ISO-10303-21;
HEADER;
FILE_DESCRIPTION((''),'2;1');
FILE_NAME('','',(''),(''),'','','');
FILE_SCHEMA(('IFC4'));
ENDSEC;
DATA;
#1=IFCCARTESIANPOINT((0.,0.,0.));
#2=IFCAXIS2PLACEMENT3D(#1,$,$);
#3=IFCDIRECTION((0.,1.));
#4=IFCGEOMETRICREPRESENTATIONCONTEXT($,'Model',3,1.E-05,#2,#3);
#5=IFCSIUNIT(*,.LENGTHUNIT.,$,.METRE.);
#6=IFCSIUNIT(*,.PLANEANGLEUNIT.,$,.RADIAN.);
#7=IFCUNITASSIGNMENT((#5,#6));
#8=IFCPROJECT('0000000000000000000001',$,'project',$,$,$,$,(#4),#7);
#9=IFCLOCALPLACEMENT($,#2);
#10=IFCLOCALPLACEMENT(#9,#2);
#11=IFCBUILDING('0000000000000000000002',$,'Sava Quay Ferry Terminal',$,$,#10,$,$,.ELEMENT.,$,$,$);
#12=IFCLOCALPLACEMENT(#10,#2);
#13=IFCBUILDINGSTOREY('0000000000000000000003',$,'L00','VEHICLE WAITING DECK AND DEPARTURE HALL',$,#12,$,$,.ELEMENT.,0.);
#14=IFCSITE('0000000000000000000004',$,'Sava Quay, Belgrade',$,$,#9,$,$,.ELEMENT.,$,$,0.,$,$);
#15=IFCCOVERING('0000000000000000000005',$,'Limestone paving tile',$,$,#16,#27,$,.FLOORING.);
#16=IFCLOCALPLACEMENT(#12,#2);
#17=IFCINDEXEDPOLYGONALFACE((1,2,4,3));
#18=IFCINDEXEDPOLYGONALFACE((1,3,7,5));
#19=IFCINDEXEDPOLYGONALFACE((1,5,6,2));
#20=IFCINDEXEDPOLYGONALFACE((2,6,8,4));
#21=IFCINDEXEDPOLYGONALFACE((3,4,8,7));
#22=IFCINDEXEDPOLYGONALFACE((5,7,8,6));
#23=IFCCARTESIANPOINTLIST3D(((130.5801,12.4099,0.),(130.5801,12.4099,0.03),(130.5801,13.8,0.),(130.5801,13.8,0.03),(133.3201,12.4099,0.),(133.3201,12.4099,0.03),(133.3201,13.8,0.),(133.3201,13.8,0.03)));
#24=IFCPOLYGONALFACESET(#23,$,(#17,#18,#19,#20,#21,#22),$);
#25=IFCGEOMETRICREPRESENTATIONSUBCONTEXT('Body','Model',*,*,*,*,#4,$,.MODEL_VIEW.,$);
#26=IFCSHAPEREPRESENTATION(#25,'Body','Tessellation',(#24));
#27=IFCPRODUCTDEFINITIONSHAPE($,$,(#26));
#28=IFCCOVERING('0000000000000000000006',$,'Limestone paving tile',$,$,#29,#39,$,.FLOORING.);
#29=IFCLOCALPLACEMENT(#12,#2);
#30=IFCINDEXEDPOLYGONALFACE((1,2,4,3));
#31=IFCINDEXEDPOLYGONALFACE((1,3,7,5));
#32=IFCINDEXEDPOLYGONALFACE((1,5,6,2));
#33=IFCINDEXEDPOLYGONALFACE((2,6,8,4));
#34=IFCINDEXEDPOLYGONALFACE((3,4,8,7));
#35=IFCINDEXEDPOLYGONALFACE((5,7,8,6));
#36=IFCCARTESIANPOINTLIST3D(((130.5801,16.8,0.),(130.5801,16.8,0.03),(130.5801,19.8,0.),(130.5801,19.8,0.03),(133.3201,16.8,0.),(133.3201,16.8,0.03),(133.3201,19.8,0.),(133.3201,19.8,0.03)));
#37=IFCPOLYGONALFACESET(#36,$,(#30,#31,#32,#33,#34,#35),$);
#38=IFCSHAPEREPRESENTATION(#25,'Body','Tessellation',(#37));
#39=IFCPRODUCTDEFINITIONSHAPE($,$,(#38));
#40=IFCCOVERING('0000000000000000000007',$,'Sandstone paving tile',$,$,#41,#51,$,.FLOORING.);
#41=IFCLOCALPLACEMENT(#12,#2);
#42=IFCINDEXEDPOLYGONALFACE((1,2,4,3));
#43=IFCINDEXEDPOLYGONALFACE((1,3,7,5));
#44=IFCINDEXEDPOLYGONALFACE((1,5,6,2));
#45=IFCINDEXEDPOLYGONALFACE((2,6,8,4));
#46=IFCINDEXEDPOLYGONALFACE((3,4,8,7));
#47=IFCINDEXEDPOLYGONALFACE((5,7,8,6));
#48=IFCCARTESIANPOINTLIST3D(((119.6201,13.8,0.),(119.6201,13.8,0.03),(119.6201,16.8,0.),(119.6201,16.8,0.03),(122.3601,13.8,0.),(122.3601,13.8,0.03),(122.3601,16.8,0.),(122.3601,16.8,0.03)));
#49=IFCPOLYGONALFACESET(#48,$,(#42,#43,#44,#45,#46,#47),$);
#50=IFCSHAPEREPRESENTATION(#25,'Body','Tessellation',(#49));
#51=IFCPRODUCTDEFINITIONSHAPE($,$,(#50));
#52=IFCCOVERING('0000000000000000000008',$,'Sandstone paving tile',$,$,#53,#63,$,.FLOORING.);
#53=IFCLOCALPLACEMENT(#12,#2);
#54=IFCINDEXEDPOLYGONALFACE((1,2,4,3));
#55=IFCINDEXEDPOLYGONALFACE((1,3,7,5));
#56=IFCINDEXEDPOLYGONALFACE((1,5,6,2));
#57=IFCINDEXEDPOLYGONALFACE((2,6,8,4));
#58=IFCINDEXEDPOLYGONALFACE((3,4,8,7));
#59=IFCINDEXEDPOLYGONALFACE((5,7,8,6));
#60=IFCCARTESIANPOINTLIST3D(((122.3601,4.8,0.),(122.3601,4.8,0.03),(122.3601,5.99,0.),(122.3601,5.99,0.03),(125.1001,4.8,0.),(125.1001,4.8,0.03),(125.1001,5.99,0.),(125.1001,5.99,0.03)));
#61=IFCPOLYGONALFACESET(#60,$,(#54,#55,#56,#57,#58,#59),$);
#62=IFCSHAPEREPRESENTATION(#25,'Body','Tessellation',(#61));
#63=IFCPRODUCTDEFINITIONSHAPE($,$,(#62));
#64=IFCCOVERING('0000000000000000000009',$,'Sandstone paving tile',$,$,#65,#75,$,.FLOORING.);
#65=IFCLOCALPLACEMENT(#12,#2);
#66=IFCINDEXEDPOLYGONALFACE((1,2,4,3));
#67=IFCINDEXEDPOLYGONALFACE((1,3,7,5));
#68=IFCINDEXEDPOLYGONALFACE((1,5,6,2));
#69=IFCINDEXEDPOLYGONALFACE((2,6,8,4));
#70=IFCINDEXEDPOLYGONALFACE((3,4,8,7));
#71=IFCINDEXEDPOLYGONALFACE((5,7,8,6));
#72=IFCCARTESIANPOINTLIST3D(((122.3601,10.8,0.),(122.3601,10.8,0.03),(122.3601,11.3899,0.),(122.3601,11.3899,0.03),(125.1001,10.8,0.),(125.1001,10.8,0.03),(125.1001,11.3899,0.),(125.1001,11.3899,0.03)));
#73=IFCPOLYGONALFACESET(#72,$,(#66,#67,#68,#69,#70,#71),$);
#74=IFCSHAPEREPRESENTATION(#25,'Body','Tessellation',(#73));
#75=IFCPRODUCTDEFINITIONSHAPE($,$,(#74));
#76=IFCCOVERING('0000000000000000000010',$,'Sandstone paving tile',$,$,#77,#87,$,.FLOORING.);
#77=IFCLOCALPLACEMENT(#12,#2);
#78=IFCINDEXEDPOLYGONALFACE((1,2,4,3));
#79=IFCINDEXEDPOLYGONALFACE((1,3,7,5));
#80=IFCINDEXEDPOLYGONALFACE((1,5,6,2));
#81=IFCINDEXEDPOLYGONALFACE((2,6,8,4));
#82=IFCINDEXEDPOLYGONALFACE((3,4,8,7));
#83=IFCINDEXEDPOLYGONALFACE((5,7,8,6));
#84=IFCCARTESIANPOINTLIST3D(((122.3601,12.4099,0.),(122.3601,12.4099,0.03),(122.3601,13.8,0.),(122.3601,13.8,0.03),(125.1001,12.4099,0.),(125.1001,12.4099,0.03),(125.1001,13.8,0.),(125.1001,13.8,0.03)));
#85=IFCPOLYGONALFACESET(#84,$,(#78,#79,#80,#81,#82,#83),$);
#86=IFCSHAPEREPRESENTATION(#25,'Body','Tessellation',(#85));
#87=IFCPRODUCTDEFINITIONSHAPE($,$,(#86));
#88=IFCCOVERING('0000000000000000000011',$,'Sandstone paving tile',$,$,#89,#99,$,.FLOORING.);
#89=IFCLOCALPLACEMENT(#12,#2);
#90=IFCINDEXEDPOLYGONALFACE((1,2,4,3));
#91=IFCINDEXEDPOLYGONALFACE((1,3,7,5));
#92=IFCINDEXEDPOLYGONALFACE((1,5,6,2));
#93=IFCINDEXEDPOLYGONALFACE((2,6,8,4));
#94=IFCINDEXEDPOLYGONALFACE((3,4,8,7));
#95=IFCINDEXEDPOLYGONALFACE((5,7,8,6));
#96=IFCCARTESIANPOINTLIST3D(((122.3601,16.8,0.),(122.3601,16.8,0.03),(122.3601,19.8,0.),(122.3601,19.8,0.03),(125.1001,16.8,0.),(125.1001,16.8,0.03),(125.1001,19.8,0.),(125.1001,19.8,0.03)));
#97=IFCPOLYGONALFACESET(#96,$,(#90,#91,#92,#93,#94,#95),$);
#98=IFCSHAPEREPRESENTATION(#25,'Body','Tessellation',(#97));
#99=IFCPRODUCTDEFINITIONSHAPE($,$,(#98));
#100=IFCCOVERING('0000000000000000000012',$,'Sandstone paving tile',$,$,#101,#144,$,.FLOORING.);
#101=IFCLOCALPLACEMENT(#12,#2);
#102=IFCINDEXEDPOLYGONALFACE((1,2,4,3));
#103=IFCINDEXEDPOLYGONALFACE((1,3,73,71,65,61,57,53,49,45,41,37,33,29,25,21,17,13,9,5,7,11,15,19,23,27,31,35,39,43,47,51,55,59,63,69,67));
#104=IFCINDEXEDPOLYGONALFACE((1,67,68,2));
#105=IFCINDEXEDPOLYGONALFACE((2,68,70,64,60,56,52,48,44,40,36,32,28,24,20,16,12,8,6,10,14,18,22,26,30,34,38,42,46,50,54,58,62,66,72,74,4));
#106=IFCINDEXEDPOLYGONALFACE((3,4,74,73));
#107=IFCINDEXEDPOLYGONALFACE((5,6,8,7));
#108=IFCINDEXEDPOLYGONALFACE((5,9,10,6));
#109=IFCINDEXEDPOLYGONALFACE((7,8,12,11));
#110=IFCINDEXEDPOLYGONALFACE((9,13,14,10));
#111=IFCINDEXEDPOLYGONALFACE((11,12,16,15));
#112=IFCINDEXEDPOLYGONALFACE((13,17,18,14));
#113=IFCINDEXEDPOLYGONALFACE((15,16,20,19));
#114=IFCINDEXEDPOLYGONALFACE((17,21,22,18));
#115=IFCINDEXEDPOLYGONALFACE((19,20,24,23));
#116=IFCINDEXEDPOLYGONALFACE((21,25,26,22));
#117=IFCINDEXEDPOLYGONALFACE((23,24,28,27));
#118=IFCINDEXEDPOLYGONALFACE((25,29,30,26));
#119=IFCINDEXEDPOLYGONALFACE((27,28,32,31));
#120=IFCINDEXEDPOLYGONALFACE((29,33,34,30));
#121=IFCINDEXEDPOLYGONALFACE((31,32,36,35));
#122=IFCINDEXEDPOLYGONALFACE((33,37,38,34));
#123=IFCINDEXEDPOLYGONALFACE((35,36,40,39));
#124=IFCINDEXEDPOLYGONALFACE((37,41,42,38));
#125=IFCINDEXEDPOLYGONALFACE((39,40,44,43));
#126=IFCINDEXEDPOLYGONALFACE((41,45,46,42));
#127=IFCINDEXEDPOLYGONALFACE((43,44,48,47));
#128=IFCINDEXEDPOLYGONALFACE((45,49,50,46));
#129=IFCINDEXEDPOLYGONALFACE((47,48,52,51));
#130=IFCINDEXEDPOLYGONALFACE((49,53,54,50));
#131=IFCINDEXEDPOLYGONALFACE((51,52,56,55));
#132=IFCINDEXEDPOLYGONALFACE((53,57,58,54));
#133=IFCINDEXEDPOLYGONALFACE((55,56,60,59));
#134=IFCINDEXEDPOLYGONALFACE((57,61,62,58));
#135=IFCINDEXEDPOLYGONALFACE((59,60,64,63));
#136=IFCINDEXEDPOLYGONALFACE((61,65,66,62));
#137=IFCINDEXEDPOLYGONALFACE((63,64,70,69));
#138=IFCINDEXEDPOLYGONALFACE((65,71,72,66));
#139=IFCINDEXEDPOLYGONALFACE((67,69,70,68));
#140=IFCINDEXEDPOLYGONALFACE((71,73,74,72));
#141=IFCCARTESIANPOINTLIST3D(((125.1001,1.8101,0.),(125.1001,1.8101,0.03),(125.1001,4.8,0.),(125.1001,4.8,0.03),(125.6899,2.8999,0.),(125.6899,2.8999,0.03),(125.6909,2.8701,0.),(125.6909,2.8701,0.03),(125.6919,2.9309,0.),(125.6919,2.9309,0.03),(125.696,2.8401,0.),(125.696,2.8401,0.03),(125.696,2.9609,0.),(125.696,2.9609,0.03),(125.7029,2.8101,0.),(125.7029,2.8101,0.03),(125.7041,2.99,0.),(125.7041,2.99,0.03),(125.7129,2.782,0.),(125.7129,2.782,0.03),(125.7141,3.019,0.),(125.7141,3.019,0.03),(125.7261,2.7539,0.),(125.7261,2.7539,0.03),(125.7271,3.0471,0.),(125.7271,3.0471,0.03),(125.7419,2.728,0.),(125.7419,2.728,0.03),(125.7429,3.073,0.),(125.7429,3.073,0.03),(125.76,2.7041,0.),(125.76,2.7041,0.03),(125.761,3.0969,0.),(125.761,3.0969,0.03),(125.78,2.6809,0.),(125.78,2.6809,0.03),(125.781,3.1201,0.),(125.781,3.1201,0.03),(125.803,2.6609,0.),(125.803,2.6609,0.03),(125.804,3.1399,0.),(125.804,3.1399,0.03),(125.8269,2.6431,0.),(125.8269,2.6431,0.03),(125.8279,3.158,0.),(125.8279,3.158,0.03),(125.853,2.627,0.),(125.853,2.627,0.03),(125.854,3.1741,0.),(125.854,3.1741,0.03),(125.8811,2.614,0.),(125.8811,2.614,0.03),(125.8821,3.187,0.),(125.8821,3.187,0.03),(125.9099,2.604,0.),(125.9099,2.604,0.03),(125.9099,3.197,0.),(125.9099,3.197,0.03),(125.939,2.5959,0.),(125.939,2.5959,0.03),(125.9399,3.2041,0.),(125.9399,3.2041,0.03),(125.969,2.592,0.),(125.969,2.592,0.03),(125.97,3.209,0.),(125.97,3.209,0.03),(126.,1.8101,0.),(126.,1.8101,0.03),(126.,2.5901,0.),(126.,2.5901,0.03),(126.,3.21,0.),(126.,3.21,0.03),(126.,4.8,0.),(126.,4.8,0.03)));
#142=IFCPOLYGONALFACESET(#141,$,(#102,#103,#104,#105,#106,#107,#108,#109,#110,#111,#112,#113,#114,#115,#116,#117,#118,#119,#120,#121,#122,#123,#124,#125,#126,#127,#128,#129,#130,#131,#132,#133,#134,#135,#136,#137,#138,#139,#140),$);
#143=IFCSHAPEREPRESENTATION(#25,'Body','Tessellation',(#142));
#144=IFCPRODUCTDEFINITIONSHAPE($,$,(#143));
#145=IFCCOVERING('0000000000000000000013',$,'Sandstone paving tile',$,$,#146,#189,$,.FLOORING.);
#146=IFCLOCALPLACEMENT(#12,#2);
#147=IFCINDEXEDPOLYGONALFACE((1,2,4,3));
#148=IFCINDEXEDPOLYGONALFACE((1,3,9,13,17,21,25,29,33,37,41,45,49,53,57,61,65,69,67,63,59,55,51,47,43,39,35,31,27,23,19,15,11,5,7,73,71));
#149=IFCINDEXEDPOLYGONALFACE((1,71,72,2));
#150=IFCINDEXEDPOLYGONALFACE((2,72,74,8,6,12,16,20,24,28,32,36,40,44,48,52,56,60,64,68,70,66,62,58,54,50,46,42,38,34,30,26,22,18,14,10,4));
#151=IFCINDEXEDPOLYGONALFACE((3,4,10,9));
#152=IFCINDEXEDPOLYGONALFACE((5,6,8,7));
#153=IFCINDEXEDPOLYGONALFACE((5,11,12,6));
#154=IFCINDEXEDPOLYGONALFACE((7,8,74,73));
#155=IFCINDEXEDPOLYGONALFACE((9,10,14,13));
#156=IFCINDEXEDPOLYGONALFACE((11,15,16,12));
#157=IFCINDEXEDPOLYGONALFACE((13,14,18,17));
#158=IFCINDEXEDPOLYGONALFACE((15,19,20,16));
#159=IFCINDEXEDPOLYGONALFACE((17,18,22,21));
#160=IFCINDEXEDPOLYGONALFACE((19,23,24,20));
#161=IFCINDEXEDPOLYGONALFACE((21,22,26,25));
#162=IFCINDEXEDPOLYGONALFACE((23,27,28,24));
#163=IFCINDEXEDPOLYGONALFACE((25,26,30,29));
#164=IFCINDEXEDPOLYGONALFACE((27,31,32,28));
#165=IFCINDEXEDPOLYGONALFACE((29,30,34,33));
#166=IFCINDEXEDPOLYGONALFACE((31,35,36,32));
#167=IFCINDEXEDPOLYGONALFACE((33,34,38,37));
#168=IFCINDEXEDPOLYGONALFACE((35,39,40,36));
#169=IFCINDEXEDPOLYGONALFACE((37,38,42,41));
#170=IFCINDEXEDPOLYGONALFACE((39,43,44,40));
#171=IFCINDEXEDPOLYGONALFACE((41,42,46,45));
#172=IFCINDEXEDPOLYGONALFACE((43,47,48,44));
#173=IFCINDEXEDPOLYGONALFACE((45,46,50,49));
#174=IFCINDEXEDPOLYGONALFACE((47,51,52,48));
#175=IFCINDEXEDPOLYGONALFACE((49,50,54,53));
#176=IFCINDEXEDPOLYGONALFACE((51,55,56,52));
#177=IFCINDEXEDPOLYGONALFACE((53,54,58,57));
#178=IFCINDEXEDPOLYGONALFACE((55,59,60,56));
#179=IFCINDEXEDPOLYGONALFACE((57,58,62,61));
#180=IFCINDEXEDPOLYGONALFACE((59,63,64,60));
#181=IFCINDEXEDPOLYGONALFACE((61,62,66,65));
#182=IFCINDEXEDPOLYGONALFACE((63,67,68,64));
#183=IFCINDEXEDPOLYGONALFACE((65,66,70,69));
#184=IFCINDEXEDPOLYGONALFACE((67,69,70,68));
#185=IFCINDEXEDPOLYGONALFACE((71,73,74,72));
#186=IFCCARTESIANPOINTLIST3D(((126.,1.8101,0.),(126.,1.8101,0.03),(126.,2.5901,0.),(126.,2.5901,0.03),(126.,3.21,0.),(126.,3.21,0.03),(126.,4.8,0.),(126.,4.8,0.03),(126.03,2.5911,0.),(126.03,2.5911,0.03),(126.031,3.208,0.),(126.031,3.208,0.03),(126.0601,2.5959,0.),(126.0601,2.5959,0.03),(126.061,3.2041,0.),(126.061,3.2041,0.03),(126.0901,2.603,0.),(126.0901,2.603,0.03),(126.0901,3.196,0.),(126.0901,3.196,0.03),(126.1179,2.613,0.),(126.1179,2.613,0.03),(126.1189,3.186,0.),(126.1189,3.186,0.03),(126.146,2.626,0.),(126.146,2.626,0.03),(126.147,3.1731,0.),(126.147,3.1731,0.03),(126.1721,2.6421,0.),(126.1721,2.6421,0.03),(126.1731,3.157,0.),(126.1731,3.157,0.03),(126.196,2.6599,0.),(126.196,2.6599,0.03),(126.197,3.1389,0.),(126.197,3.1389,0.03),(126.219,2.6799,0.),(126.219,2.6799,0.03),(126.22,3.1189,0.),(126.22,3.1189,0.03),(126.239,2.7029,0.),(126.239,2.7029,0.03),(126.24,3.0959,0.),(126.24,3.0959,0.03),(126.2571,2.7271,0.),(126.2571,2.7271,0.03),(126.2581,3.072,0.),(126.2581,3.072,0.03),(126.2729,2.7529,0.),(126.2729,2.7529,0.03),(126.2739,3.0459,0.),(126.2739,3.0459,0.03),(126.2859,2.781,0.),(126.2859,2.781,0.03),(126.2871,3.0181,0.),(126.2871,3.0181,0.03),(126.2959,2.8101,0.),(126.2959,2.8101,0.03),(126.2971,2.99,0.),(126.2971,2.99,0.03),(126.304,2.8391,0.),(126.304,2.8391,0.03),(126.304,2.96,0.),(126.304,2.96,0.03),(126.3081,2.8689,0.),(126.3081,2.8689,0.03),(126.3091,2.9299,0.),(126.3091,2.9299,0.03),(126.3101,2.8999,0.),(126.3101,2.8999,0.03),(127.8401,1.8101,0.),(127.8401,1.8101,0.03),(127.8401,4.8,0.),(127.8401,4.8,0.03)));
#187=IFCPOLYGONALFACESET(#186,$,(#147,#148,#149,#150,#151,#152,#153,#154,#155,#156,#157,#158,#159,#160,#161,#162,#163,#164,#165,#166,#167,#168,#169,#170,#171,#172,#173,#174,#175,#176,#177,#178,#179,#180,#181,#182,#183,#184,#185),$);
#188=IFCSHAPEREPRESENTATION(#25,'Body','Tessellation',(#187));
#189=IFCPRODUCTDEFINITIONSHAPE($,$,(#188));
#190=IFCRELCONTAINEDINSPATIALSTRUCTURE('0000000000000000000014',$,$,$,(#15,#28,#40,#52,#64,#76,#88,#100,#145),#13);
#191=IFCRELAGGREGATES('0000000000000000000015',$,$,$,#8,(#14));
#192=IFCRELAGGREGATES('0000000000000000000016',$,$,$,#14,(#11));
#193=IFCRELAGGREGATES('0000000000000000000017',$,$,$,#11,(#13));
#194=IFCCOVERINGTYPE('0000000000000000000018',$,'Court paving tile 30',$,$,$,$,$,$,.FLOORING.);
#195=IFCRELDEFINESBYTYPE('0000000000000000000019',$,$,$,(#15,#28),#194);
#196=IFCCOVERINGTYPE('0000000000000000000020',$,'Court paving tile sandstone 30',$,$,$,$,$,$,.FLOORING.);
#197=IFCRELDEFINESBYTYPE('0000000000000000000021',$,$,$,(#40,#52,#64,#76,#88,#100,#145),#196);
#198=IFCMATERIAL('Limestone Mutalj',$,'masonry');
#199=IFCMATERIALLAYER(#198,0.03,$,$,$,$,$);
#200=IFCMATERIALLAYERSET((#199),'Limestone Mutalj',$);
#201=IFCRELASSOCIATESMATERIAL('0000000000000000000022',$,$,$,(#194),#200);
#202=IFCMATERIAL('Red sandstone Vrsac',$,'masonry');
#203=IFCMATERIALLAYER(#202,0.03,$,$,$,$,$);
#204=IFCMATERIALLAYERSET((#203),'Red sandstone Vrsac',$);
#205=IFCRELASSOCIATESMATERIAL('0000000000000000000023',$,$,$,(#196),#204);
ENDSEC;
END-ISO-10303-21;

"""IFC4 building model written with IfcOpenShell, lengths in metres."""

from ifc_helpers import new_model, si_unit, direction, origin, place, context, subcontext, project, spatial, polyline, outline, extrude, material, layer, layer_set, type_object, element, save


model = new_model("IFC4")

# Units and contexts
model_context = context("Model", 3, precision=1e-05, world=origin(), true_north=direction((0.0, 1.0)))
body_context = subcontext(model_context, "Body", "Model", "MODEL_VIEW")
ifc_project = project(units=[si_unit("LENGTHUNIT", "METRE"), si_unit("PLANEANGLEUNIT", "RADIAN")], contexts=[model_context])

# Site, building, storey
site_placement = place(None, origin())
site = spatial("IfcSite", under=ifc_project, at=site_placement, Name="Sava Quay, Belgrade", CompositionType="ELEMENT", RefElevation=0.0)
building_placement = place(site_placement, origin())
building = spatial("IfcBuilding", under=site, at=building_placement, Name="Sava Quay Ferry Terminal", CompositionType="ELEMENT")
storey_placement = place(building_placement, origin())
storey = spatial("IfcBuildingStorey", under=building, at=storey_placement, Name="L00", Description="VEHICLE WAITING DECK AND DEPARTURE HALL", CompositionType="ELEMENT", Elevation=0.0)

# Coverings
ifc_material_1 = material(Name="Limestone Mutalj", Category="masonry")
ifc_layer_1 = layer(ifc_material_1, 0.03)
ifc_layer_set_1 = layer_set([ifc_layer_1], Name="Limestone Mutalj")
covering_type_1 = type_object("IfcCoveringType", Name="Court paving tile 30", PredefinedType="FLOORING", material=ifc_layer_set_1)
covering_1_placement = place(storey_placement, origin())
element("IfcCovering", 1, at=covering_1_placement, inside=storey, type_object=covering_type_1, Name="Limestone paving tile", PredefinedType="FLOORING", context=body_context, shape_type="SweptSolid", body=[
    extrude(outline(polyline([(130.5801, 13.8), (130.5801, 12.4099), (133.3201, 12.4099), (133.3201, 13.8), (130.5801, 13.8)])), origin(), (0.0, 0.0, 1.0), 0.03),
])
covering_2_placement = place(storey_placement, origin())
element("IfcCovering", 2, at=covering_2_placement, inside=storey, type_object=covering_type_1, Name="Limestone paving tile", PredefinedType="FLOORING", context=body_context, shape_type="SweptSolid", body=[
    extrude(outline(polyline([(133.3201, 16.8), (133.3201, 19.8), (130.5801, 19.8), (130.5801, 16.8), (133.3201, 16.8)])), origin(), (0.0, 0.0, 1.0), 0.03),
])
ifc_material_2 = material(Name="Red sandstone Vrsac", Category="masonry")
ifc_layer_2 = layer(ifc_material_2, 0.03)
ifc_layer_set_2 = layer_set([ifc_layer_2], Name="Red sandstone Vrsac")
covering_type_2 = type_object("IfcCoveringType", Name="Court paving tile sandstone 30", PredefinedType="FLOORING", material=ifc_layer_set_2)
covering_3_placement = place(storey_placement, origin())
element("IfcCovering", 3, at=covering_3_placement, inside=storey, type_object=covering_type_2, Name="Sandstone paving tile", PredefinedType="FLOORING", context=body_context, shape_type="SweptSolid", body=[
    extrude(outline(polyline([(119.6201, 13.8), (122.3601, 13.8), (122.3601, 16.8), (119.6201, 16.8), (119.6201, 13.8)])), origin(), (0.0, 0.0, 1.0), 0.03),
])
covering_4_placement = place(storey_placement, origin())
element("IfcCovering", 4, at=covering_4_placement, inside=storey, type_object=covering_type_2, Name="Sandstone paving tile", PredefinedType="FLOORING", context=body_context, shape_type="SweptSolid", body=[
    extrude(outline(polyline([(125.1001, 4.8), (125.1001, 5.99), (122.3601, 5.99), (122.3601, 4.8), (125.1001, 4.8)])), origin(), (0.0, 0.0, 1.0), 0.03),
])
covering_5_placement = place(storey_placement, origin())
element("IfcCovering", 5, at=covering_5_placement, inside=storey, type_object=covering_type_2, Name="Sandstone paving tile", PredefinedType="FLOORING", context=body_context, shape_type="SweptSolid", body=[
    extrude(outline(polyline([(125.1001, 10.8), (125.1001, 11.3899), (122.3601, 11.3899), (122.3601, 10.8), (125.1001, 10.8)])), origin(), (0.0, 0.0, 1.0), 0.03),
])
covering_6_placement = place(storey_placement, origin())
element("IfcCovering", 6, at=covering_6_placement, inside=storey, type_object=covering_type_2, Name="Sandstone paving tile", PredefinedType="FLOORING", context=body_context, shape_type="SweptSolid", body=[
    extrude(outline(polyline([(122.3601, 13.8), (122.3601, 12.4099), (125.1001, 12.4099), (125.1001, 13.8), (122.3601, 13.8)])), origin(), (0.0, 0.0, 1.0), 0.03),
])
covering_7_placement = place(storey_placement, origin())
element("IfcCovering", 7, at=covering_7_placement, inside=storey, type_object=covering_type_2, Name="Sandstone paving tile", PredefinedType="FLOORING", context=body_context, shape_type="SweptSolid", body=[
    extrude(outline(polyline([(125.1001, 16.8), (125.1001, 19.8), (122.3601, 19.8), (122.3601, 16.8), (125.1001, 16.8)])), origin(), (0.0, 0.0, 1.0), 0.03),
])
covering_8_placement = place(storey_placement, origin())
element("IfcCovering", 8, at=covering_8_placement, inside=storey, type_object=covering_type_2, Name="Sandstone paving tile", PredefinedType="FLOORING", context=body_context, shape_type="SweptSolid", body=[
    extrude(outline(polyline([(126.0, 4.8), (125.1001, 4.8), (125.1001, 1.8101), (126.0, 1.8101), (126.0, 2.5901), (125.969, 2.592), (125.939, 2.5959), (125.9099, 2.604), (125.8811, 2.614), (125.853, 2.627), (125.8269, 2.6431), (125.803, 2.6609), (125.78, 2.6809), (125.76, 2.7041), (125.7419, 2.728), (125.7261, 2.7539), (125.7129, 2.782), (125.7029, 2.8101), (125.696, 2.8401), (125.6909, 2.8701), (125.6899, 2.8999), (125.6919, 2.9309), (125.696, 2.9609), (125.7041, 2.99), (125.7141, 3.019), (125.7271, 3.0471), (125.7429, 3.073), (125.761, 3.0969), (125.781, 3.1201), (125.804, 3.1399), (125.8279, 3.158), (125.854, 3.1741), (125.8821, 3.187), (125.9099, 3.197), (125.9399, 3.2041), (125.97, 3.209), (126.0, 3.21), (126.0, 4.8)])), origin(), (0.0, 0.0, 1.0), 0.03),
])
covering_9_placement = place(storey_placement, origin())
element("IfcCovering", 9, at=covering_9_placement, inside=storey, type_object=covering_type_2, Name="Sandstone paving tile", PredefinedType="FLOORING", context=body_context, shape_type="SweptSolid", body=[
    extrude(outline(polyline([(127.8401, 4.8), (126.0, 4.8), (126.0, 3.21), (126.031, 3.208), (126.061, 3.2041), (126.0901, 3.196), (126.1189, 3.186), (126.147, 3.1731), (126.1731, 3.157), (126.197, 3.1389), (126.22, 3.1189), (126.24, 3.0959), (126.2581, 3.072), (126.2739, 3.0459), (126.2871, 3.0181), (126.2971, 2.99), (126.304, 2.96), (126.3091, 2.9299), (126.3101, 2.8999), (126.3081, 2.8689), (126.304, 2.8391), (126.2959, 2.8101), (126.2859, 2.781), (126.2729, 2.7529), (126.2571, 2.7271), (126.239, 2.7029), (126.219, 2.6799), (126.196, 2.6599), (126.1721, 2.6421), (126.146, 2.626), (126.1179, 2.613), (126.0901, 2.603), (126.0601, 2.5959), (126.03, 2.5911), (126.0, 2.5901), (126.0, 1.8101), (127.8401, 1.8101), (127.8401, 4.8)])), origin(), (0.0, 0.0, 1.0), 0.03),
])

save(model, "model.ifc")
